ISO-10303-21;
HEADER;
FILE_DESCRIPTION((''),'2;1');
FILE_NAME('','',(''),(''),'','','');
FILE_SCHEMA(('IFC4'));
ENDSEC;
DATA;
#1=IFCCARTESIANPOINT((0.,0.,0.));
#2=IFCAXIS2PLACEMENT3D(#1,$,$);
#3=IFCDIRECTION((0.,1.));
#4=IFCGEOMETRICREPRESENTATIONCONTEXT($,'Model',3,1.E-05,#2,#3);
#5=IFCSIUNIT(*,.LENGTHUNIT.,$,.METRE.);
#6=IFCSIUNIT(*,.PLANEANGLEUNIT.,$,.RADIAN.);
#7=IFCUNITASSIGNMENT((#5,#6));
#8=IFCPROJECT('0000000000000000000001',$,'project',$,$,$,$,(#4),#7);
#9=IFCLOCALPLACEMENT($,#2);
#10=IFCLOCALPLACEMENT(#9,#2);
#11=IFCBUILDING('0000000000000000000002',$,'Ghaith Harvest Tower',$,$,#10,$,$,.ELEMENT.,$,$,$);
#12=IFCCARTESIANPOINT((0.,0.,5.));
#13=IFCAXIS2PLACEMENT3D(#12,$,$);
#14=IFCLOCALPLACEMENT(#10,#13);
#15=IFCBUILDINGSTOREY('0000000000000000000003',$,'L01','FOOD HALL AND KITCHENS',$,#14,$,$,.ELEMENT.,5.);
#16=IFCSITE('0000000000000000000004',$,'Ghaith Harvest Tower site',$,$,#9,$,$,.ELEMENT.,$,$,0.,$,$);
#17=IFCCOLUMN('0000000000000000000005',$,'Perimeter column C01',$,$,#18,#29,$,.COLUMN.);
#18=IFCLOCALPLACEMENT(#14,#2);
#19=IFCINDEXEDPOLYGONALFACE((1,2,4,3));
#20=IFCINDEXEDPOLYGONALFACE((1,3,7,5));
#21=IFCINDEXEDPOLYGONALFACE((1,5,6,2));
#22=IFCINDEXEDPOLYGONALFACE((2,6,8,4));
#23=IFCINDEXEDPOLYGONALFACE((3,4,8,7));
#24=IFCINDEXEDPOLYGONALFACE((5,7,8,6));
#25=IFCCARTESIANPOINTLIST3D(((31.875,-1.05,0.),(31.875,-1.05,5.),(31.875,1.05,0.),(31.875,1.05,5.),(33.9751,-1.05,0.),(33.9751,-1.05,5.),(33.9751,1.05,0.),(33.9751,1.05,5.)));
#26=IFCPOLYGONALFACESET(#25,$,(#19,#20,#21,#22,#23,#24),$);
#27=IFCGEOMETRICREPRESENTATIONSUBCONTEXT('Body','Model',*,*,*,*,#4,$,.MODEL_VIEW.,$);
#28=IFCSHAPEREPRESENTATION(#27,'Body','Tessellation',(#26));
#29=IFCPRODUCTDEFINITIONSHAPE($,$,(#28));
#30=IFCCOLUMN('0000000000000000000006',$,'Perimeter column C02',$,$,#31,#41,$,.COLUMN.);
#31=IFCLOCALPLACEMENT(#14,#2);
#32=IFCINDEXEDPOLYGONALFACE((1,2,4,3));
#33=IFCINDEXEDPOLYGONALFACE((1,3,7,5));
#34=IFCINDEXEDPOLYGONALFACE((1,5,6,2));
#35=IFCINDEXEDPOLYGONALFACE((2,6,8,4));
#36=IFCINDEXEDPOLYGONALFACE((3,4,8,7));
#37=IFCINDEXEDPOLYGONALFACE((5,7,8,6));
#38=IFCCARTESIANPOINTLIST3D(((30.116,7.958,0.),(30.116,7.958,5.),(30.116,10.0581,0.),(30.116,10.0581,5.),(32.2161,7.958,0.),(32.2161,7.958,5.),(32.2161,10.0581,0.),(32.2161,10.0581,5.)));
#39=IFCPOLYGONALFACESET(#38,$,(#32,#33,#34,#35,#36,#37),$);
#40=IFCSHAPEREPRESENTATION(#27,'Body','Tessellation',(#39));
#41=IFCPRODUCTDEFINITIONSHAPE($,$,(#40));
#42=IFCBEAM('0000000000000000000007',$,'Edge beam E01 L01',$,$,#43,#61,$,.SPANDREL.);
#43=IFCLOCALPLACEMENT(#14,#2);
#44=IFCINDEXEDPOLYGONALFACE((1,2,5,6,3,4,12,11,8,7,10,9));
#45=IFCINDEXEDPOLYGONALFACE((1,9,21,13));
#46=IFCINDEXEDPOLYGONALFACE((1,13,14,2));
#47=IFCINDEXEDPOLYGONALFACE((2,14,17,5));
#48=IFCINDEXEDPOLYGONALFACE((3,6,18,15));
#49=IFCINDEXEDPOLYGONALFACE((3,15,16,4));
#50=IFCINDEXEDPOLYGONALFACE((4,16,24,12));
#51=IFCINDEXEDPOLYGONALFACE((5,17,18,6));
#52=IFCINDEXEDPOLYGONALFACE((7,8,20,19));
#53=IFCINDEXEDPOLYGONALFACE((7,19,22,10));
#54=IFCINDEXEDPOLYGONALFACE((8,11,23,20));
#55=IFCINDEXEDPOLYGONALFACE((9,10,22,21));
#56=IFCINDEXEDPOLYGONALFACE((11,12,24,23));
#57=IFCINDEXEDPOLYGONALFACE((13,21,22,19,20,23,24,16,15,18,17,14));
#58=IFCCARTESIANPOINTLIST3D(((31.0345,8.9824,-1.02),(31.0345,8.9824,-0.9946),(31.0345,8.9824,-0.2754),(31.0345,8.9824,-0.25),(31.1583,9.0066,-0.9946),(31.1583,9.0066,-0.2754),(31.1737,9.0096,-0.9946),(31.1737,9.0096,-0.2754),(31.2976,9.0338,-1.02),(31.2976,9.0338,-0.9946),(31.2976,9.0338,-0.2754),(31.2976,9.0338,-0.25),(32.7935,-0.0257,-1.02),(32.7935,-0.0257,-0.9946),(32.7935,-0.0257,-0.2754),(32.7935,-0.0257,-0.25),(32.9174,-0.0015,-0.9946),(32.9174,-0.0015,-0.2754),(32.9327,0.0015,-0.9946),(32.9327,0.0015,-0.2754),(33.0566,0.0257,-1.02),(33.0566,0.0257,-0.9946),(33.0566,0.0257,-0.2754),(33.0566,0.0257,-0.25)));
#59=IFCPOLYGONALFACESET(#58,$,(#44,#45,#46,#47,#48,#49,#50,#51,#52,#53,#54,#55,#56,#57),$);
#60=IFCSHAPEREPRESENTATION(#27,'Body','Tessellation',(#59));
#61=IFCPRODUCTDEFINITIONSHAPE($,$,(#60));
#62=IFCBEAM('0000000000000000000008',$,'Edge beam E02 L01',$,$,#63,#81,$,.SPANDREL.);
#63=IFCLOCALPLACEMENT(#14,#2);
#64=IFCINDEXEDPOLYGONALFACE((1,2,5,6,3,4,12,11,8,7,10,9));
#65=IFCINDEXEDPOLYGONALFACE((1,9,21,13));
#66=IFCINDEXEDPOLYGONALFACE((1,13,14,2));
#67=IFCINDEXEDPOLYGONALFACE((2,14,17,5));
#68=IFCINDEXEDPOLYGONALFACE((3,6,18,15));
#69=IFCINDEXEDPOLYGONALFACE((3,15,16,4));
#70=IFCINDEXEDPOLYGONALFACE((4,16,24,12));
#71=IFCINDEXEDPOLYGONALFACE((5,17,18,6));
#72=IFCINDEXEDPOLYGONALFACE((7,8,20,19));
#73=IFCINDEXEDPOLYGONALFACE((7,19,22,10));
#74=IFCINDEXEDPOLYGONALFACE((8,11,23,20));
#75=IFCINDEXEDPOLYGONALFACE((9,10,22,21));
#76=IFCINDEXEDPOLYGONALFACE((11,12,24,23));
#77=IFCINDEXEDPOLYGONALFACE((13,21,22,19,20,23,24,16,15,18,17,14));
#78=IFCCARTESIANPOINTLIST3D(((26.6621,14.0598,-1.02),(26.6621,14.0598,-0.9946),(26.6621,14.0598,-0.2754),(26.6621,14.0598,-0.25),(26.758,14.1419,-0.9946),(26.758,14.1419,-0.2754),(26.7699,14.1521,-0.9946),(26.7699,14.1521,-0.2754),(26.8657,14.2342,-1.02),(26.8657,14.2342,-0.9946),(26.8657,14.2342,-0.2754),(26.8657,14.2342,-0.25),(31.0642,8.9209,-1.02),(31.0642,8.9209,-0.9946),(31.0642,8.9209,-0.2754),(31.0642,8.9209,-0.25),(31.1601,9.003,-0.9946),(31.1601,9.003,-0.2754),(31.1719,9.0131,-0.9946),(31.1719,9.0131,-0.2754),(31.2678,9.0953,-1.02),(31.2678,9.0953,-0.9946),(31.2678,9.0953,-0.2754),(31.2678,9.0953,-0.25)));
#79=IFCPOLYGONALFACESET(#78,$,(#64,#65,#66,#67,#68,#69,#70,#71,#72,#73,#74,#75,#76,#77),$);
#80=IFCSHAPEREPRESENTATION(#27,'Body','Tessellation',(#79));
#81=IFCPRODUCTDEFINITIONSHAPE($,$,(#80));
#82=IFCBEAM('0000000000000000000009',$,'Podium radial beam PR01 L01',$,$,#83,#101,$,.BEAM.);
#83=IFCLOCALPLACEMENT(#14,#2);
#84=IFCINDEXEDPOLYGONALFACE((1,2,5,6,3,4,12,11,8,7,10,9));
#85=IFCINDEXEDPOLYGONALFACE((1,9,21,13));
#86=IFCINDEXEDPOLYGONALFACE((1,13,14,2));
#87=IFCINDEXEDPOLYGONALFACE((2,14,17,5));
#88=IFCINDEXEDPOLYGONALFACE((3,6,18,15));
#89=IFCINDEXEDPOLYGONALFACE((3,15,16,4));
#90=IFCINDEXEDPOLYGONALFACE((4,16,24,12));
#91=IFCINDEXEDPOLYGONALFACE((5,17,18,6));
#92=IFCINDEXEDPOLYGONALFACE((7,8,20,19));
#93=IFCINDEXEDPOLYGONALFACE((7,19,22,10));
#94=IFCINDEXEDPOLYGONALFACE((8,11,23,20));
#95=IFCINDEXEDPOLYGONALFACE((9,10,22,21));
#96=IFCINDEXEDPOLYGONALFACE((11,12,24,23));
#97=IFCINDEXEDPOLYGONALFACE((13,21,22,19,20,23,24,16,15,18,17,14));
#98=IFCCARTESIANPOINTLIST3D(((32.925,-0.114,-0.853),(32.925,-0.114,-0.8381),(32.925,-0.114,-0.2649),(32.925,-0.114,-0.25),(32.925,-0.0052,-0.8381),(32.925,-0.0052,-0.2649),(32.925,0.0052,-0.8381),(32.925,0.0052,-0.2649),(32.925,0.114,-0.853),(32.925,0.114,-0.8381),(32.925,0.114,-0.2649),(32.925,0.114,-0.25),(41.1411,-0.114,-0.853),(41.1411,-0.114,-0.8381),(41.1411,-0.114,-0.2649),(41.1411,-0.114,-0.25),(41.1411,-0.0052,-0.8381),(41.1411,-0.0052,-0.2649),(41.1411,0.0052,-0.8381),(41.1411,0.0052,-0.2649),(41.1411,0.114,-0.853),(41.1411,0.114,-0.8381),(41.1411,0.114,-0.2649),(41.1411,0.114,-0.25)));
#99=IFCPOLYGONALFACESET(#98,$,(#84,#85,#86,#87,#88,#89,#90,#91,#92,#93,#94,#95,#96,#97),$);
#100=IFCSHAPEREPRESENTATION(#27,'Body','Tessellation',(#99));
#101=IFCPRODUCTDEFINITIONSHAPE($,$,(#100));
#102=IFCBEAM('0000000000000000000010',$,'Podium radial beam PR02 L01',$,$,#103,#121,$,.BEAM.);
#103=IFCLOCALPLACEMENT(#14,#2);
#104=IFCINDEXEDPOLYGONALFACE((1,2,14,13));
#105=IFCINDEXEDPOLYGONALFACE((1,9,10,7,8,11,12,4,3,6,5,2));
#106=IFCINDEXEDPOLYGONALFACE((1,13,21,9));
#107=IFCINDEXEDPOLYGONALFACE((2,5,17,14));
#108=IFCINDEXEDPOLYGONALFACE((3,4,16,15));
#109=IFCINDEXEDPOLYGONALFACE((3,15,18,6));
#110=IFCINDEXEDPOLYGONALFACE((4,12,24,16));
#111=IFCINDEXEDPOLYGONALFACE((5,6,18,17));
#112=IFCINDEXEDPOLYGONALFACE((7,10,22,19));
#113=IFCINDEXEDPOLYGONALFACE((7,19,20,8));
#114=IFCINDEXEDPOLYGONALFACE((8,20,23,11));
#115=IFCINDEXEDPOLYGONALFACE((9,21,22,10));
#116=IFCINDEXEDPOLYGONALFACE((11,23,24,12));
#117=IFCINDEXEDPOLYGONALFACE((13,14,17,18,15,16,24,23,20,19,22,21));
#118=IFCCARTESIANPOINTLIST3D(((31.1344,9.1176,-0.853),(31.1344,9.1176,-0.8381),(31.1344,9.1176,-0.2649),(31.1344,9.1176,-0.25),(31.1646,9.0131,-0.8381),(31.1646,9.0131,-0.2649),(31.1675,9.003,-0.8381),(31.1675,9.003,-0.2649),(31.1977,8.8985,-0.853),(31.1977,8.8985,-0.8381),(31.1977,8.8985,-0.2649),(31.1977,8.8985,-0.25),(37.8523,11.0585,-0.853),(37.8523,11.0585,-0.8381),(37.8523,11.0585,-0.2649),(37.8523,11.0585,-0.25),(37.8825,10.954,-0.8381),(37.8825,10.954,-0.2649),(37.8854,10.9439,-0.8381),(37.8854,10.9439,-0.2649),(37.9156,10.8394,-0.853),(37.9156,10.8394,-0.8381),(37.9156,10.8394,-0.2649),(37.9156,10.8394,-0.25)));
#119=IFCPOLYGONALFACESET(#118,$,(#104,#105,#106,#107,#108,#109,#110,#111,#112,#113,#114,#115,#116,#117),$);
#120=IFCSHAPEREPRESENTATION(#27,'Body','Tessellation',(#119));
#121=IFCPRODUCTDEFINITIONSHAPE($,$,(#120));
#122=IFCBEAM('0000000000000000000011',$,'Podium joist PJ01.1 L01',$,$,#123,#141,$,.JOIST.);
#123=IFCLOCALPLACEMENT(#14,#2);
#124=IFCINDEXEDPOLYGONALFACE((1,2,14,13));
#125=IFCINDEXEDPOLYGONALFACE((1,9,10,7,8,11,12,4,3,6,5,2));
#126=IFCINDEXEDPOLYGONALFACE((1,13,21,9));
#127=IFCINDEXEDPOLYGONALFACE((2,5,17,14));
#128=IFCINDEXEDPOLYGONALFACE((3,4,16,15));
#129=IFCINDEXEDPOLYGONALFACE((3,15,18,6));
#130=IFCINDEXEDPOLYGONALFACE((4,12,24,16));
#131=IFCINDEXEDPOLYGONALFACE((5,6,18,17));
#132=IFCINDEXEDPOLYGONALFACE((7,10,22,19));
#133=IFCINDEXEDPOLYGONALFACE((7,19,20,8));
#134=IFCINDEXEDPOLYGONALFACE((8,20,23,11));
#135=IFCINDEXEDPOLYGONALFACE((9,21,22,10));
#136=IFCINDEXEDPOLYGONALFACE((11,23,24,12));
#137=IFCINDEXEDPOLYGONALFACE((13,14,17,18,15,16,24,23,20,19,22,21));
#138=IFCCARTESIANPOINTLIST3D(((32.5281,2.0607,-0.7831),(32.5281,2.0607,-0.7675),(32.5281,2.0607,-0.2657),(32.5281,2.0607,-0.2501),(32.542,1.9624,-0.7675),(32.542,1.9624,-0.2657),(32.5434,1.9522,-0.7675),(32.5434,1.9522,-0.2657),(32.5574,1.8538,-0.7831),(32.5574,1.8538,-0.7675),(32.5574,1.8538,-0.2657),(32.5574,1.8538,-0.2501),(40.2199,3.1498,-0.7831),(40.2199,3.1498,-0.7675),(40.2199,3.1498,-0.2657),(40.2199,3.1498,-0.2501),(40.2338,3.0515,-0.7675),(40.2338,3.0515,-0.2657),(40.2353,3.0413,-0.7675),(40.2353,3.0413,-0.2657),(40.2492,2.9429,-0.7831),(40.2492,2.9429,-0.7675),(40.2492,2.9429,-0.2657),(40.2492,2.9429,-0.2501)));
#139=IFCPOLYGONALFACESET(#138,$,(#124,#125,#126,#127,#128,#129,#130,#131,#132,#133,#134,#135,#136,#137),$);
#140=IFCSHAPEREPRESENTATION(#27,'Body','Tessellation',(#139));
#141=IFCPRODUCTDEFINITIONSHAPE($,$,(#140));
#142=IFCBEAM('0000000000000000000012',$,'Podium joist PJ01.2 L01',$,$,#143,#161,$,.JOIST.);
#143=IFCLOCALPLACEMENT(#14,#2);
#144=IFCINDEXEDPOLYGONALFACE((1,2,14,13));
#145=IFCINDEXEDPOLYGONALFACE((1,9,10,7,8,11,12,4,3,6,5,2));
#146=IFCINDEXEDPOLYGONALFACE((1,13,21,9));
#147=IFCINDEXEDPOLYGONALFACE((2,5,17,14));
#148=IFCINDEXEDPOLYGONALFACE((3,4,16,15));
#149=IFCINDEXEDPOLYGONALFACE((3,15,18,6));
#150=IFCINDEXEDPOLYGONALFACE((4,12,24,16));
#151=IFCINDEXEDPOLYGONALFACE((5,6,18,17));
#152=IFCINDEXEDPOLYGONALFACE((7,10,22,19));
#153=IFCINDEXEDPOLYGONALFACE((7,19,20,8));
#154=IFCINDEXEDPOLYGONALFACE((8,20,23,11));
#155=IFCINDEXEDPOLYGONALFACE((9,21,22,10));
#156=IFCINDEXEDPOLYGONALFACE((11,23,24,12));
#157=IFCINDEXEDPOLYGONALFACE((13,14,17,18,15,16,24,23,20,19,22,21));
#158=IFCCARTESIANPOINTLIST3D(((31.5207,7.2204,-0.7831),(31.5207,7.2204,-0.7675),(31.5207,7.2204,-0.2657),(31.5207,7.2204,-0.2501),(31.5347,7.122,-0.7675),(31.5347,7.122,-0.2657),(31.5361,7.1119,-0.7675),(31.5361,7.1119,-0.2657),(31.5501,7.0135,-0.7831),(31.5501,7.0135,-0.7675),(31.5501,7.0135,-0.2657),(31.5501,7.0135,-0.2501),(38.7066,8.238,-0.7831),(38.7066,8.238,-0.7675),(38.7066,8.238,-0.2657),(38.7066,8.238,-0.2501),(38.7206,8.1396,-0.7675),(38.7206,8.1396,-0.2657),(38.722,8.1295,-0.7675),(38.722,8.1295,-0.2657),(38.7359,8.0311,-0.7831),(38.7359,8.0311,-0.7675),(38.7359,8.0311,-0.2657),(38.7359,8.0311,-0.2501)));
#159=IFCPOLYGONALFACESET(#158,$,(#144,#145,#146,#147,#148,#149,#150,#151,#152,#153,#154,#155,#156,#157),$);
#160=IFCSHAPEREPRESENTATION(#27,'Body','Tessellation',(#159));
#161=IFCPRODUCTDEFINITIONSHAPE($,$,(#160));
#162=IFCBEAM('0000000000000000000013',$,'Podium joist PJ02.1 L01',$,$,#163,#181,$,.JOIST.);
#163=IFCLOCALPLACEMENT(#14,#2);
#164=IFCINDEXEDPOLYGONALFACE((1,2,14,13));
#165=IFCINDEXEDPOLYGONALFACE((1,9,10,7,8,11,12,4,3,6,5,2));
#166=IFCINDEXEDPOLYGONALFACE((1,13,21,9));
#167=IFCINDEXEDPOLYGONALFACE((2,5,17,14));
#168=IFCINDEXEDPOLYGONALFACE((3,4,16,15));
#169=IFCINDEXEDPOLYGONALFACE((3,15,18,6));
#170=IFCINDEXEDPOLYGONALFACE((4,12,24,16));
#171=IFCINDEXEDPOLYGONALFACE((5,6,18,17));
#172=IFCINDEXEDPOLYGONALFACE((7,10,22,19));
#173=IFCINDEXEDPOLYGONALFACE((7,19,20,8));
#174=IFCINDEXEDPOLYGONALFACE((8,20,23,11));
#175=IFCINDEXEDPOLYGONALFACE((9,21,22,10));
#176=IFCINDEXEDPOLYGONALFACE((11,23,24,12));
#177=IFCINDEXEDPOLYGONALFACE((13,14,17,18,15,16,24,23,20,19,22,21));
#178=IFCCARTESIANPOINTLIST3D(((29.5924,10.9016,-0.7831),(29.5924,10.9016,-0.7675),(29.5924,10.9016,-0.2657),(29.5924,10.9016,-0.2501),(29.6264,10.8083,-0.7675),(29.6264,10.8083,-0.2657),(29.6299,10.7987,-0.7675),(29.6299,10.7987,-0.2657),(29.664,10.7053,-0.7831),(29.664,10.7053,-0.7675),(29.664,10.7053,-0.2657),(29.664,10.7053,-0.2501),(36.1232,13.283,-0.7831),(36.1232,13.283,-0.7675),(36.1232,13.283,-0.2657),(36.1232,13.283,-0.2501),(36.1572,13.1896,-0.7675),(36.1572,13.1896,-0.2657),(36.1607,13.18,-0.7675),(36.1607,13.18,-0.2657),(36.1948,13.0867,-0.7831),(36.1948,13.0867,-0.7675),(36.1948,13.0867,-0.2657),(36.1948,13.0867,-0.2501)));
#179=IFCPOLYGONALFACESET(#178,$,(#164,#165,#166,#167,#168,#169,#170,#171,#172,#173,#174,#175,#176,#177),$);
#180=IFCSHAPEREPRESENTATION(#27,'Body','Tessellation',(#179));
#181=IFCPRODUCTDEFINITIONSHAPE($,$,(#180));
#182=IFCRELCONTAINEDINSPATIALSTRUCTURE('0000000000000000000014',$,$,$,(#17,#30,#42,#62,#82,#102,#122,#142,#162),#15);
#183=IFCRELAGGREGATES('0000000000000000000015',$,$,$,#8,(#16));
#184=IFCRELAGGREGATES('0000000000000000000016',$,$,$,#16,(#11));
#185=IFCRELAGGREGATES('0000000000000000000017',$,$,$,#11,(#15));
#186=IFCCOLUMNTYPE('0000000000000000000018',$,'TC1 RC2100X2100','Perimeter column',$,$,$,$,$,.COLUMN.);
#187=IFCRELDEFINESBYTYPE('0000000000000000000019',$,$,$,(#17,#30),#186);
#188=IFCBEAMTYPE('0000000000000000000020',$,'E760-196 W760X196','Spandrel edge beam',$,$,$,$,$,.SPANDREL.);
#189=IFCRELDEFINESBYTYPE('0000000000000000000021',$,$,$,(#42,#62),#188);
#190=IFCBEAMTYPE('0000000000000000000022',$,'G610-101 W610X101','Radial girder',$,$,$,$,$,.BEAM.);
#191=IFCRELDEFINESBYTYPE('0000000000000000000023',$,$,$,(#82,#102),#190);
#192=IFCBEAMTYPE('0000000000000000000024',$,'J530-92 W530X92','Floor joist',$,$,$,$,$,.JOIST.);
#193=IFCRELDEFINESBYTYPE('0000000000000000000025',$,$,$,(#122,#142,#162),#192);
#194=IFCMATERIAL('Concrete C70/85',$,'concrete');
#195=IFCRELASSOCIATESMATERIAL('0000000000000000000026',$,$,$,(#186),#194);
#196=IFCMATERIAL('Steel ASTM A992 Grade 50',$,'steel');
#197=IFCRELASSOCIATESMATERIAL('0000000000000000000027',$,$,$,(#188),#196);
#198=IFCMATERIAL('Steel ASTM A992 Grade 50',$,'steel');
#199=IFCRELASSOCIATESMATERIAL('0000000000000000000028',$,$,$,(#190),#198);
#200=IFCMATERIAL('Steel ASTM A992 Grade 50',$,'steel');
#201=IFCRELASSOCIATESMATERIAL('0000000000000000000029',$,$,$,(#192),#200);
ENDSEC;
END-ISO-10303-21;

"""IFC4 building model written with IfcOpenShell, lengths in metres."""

from ifc_helpers import new_model, si_unit, direction, frame, origin, origin_2d, place, context, subcontext, project, spatial, rectangle, i_section, extrude, material, material_profile, profile_set, type_object, element, save


model = new_model("IFC4")

# Units and contexts
model_context = context("Model", 3, precision=1e-05, world=origin(), true_north=direction((0.0, 1.0)))
body_context = subcontext(model_context, "Body", "Model", "MODEL_VIEW")
ifc_project = project(units=[si_unit("LENGTHUNIT", "METRE"), si_unit("PLANEANGLEUNIT", "RADIAN")], contexts=[model_context])

# Site, building, storey
site_placement = place(None, origin())
site = spatial("IfcSite", under=ifc_project, at=site_placement, Name="Ghaith Harvest Tower site", CompositionType="ELEMENT", RefElevation=0.0)
building_placement = place(site_placement, origin())
building = spatial("IfcBuilding", under=site, at=building_placement, Name="Ghaith Harvest Tower", CompositionType="ELEMENT")
storey_placement = place(building_placement, frame((0.0, 0.0, 5.0)))
storey = spatial("IfcBuildingStorey", under=building, at=storey_placement, Name="L01", Description="FOOD HALL AND KITCHENS", CompositionType="ELEMENT", Elevation=5.0)

# Columns
ifc_material_1 = material(Name="Concrete C70/85", Category="concrete")
ifc_material_profile_1 = material_profile(ifc_material_1, rectangle(XDim=2.1001, YDim=2.1001, at=origin_2d()), Name="RC2100X2100")
ifc_profile_set_1 = profile_set([ifc_material_profile_1], Name="Concrete C70/85")
column_type = type_object("IfcColumnType", Name="TC1 RC2100X2100", Description="Perimeter column", PredefinedType="COLUMN", material=ifc_profile_set_1)
for number, where, z_axis, x_axis, name in (
    (1, (32.925, 0.0, 0.0), (0.0, 0.0, 1.0), (1.0, 0.0, 0.0), "Perimeter column C01"),
    (2, (31.166, 9.0081, 0.0), (0.0, 0.0, 1.0), (1.0, 0.0, 0.0), "Perimeter column C02"),
):
    element("IfcColumn", number, at=place(storey_placement, frame(where, z_axis=z_axis, x_axis=x_axis)), inside=storey, type_object=column_type, Name=name, PredefinedType="COLUMN", context=body_context, shape_type="SweptSolid", body=[
        extrude(rectangle(XDim=2.1001, YDim=2.1001, at=origin_2d()), origin(), (0.0, 0.0, 1.0), 5.0),
    ])

# Beams
ifc_material_2 = material(Name="Steel ASTM A992 Grade 50", Category="steel")
ifc_material_profile_2 = material_profile(ifc_material_2, i_section(OverallWidth=0.2681, OverallDepth=0.77, WebThickness=0.0156, FlangeThickness=0.0254, at=origin_2d()), Name="W760X196")
ifc_profile_set_2 = profile_set([ifc_material_profile_2], Name="Steel ASTM A992 Grade 50")
beam_type_1 = type_object("IfcBeamType", Name="E760-196 W760X196", Description="Spandrel edge beam", PredefinedType="SPANDREL", material=ifc_profile_set_2)
beam_1_placement = place(storey_placement, frame((32.925, 0.0, -0.635), z_axis=(-0.191653, 0.981463, 0.0), x_axis=(-0.981463, -0.191653, 0.0)))
element("IfcBeam", 3, at=beam_1_placement, inside=storey, type_object=beam_type_1, Name="Edge beam E01 L01", PredefinedType="SPANDREL", context=body_context, shape_type="SweptSolid", body=[
    extrude(i_section(OverallWidth=0.2681, OverallDepth=0.77, WebThickness=0.0156, FlangeThickness=0.0254, at=origin_2d()), origin(), (0.0, 0.0, 1.0), 9.1782),
])
beam_2_placement = place(storey_placement, frame((31.166, 9.0081, -0.635), z_axis=(-0.650563, 0.759453, 0.0), x_axis=(-0.759453, -0.650563, 0.0)))
element("IfcBeam", 4, at=beam_2_placement, inside=storey, type_object=beam_type_1, Name="Edge beam E02 L01", PredefinedType="SPANDREL", context=body_context, shape_type="SweptSolid", body=[
    extrude(i_section(OverallWidth=0.2681, OverallDepth=0.77, WebThickness=0.0156, FlangeThickness=0.0254, at=origin_2d()), origin(), (0.0, 0.0, 1.0), 6.7666),
])
ifc_material_3 = material(Name="Steel ASTM A992 Grade 50", Category="steel")
ifc_material_profile_3 = material_profile(ifc_material_3, i_section(OverallWidth=0.228, OverallDepth=0.603, WebThickness=0.0105, FlangeThickness=0.0149, at=origin_2d()), Name="W610X101")
ifc_profile_set_3 = profile_set([ifc_material_profile_3], Name="Steel ASTM A992 Grade 50")
beam_type_2 = type_object("IfcBeamType", Name="G610-101 W610X101", Description="Radial girder", PredefinedType="BEAM", material=ifc_profile_set_3)
beam_3_placement = place(storey_placement, frame((32.925, 0.0, -0.5515), z_axis=(1.0, 0.0, 0.0), x_axis=(0.0, 1.0, 0.0)))
element("IfcBeam", 5, at=beam_3_placement, inside=storey, type_object=beam_type_2, Name="Podium radial beam PR01 L01", PredefinedType="BEAM", context=body_context, shape_type="SweptSolid", body=[
    extrude(i_section(OverallWidth=0.228, OverallDepth=0.603, WebThickness=0.0105, FlangeThickness=0.0149, at=origin_2d()), origin(), (0.0, 0.0, 1.0), 8.2161),
])
beam_4_placement = place(storey_placement, frame((31.166, 9.0081, -0.5515), z_axis=(0.960708, 0.27756, 0.0), x_axis=(-0.27756, 0.960708, 0.0)))
element("IfcBeam", 6, at=beam_4_placement, inside=storey, type_object=beam_type_2, Name="Podium radial beam PR02 L01", PredefinedType="BEAM", context=body_context, shape_type="SweptSolid", body=[
    extrude(i_section(OverallWidth=0.228, OverallDepth=0.603, WebThickness=0.0105, FlangeThickness=0.0149, at=origin_2d()), origin(), (0.0, 0.0, 1.0), 6.9927),
])
ifc_material_4 = material(Name="Steel ASTM A992 Grade 50", Category="steel")
ifc_material_profile_4 = material_profile(ifc_material_4, i_section(OverallWidth=0.209, OverallDepth=0.533, WebThickness=0.0103, FlangeThickness=0.0156, at=origin_2d()), Name="W530X92")
ifc_profile_set_4 = profile_set([ifc_material_profile_4], Name="Steel ASTM A992 Grade 50")
beam_type_3 = type_object("IfcBeamType", Name="J530-92 W530X92", Description="Floor joist", PredefinedType="JOIST", material=ifc_profile_set_4)
beam_5_placement = place(storey_placement, frame((32.5427, 1.9573, -0.5166), z_axis=(0.990124, 0.140194, 0.0), x_axis=(-0.140194, 0.990124, 0.0)))
element("IfcBeam", 7, at=beam_5_placement, inside=storey, type_object=beam_type_3, Name="Podium joist PJ01.1 L01", PredefinedType="JOIST", context=body_context, shape_type="SweptSolid", body=[
    extrude(i_section(OverallWidth=0.209, OverallDepth=0.533, WebThickness=0.0103, FlangeThickness=0.0156, at=origin_2d()), origin(), (0.0, 0.0, 1.0), 7.7686),
])
beam_6_placement = place(storey_placement, frame((31.5354, 7.1169, -0.5166), z_axis=(0.990122, 0.140211, 0.0), x_axis=(-0.140211, 0.990122, 0.0)))
element("IfcBeam", 8, at=beam_6_placement, inside=storey, type_object=beam_type_3, Name="Podium joist PJ01.2 L01", PredefinedType="JOIST", context=body_context, shape_type="SweptSolid", body=[
    extrude(i_section(OverallWidth=0.209, OverallDepth=0.533, WebThickness=0.0103, FlangeThickness=0.0156, at=origin_2d()), origin(), (0.0, 0.0, 1.0), 7.2576),
])
beam_7_placement = place(storey_placement, frame((29.6282, 10.8035, -0.5166), z_axis=(0.939492, 0.342572, 0.0), x_axis=(-0.342572, 0.939492, 0.0)))
element("IfcBeam", 9, at=beam_7_placement, inside=storey, type_object=beam_type_3, Name="Podium joist PJ02.1 L01", PredefinedType="JOIST", context=body_context, shape_type="SweptSolid", body=[
    extrude(i_section(OverallWidth=0.209, OverallDepth=0.533, WebThickness=0.0103, FlangeThickness=0.0156, at=origin_2d()), origin(), (0.0, 0.0, 1.0), 6.9514),
])

save(model, "model.ifc")
